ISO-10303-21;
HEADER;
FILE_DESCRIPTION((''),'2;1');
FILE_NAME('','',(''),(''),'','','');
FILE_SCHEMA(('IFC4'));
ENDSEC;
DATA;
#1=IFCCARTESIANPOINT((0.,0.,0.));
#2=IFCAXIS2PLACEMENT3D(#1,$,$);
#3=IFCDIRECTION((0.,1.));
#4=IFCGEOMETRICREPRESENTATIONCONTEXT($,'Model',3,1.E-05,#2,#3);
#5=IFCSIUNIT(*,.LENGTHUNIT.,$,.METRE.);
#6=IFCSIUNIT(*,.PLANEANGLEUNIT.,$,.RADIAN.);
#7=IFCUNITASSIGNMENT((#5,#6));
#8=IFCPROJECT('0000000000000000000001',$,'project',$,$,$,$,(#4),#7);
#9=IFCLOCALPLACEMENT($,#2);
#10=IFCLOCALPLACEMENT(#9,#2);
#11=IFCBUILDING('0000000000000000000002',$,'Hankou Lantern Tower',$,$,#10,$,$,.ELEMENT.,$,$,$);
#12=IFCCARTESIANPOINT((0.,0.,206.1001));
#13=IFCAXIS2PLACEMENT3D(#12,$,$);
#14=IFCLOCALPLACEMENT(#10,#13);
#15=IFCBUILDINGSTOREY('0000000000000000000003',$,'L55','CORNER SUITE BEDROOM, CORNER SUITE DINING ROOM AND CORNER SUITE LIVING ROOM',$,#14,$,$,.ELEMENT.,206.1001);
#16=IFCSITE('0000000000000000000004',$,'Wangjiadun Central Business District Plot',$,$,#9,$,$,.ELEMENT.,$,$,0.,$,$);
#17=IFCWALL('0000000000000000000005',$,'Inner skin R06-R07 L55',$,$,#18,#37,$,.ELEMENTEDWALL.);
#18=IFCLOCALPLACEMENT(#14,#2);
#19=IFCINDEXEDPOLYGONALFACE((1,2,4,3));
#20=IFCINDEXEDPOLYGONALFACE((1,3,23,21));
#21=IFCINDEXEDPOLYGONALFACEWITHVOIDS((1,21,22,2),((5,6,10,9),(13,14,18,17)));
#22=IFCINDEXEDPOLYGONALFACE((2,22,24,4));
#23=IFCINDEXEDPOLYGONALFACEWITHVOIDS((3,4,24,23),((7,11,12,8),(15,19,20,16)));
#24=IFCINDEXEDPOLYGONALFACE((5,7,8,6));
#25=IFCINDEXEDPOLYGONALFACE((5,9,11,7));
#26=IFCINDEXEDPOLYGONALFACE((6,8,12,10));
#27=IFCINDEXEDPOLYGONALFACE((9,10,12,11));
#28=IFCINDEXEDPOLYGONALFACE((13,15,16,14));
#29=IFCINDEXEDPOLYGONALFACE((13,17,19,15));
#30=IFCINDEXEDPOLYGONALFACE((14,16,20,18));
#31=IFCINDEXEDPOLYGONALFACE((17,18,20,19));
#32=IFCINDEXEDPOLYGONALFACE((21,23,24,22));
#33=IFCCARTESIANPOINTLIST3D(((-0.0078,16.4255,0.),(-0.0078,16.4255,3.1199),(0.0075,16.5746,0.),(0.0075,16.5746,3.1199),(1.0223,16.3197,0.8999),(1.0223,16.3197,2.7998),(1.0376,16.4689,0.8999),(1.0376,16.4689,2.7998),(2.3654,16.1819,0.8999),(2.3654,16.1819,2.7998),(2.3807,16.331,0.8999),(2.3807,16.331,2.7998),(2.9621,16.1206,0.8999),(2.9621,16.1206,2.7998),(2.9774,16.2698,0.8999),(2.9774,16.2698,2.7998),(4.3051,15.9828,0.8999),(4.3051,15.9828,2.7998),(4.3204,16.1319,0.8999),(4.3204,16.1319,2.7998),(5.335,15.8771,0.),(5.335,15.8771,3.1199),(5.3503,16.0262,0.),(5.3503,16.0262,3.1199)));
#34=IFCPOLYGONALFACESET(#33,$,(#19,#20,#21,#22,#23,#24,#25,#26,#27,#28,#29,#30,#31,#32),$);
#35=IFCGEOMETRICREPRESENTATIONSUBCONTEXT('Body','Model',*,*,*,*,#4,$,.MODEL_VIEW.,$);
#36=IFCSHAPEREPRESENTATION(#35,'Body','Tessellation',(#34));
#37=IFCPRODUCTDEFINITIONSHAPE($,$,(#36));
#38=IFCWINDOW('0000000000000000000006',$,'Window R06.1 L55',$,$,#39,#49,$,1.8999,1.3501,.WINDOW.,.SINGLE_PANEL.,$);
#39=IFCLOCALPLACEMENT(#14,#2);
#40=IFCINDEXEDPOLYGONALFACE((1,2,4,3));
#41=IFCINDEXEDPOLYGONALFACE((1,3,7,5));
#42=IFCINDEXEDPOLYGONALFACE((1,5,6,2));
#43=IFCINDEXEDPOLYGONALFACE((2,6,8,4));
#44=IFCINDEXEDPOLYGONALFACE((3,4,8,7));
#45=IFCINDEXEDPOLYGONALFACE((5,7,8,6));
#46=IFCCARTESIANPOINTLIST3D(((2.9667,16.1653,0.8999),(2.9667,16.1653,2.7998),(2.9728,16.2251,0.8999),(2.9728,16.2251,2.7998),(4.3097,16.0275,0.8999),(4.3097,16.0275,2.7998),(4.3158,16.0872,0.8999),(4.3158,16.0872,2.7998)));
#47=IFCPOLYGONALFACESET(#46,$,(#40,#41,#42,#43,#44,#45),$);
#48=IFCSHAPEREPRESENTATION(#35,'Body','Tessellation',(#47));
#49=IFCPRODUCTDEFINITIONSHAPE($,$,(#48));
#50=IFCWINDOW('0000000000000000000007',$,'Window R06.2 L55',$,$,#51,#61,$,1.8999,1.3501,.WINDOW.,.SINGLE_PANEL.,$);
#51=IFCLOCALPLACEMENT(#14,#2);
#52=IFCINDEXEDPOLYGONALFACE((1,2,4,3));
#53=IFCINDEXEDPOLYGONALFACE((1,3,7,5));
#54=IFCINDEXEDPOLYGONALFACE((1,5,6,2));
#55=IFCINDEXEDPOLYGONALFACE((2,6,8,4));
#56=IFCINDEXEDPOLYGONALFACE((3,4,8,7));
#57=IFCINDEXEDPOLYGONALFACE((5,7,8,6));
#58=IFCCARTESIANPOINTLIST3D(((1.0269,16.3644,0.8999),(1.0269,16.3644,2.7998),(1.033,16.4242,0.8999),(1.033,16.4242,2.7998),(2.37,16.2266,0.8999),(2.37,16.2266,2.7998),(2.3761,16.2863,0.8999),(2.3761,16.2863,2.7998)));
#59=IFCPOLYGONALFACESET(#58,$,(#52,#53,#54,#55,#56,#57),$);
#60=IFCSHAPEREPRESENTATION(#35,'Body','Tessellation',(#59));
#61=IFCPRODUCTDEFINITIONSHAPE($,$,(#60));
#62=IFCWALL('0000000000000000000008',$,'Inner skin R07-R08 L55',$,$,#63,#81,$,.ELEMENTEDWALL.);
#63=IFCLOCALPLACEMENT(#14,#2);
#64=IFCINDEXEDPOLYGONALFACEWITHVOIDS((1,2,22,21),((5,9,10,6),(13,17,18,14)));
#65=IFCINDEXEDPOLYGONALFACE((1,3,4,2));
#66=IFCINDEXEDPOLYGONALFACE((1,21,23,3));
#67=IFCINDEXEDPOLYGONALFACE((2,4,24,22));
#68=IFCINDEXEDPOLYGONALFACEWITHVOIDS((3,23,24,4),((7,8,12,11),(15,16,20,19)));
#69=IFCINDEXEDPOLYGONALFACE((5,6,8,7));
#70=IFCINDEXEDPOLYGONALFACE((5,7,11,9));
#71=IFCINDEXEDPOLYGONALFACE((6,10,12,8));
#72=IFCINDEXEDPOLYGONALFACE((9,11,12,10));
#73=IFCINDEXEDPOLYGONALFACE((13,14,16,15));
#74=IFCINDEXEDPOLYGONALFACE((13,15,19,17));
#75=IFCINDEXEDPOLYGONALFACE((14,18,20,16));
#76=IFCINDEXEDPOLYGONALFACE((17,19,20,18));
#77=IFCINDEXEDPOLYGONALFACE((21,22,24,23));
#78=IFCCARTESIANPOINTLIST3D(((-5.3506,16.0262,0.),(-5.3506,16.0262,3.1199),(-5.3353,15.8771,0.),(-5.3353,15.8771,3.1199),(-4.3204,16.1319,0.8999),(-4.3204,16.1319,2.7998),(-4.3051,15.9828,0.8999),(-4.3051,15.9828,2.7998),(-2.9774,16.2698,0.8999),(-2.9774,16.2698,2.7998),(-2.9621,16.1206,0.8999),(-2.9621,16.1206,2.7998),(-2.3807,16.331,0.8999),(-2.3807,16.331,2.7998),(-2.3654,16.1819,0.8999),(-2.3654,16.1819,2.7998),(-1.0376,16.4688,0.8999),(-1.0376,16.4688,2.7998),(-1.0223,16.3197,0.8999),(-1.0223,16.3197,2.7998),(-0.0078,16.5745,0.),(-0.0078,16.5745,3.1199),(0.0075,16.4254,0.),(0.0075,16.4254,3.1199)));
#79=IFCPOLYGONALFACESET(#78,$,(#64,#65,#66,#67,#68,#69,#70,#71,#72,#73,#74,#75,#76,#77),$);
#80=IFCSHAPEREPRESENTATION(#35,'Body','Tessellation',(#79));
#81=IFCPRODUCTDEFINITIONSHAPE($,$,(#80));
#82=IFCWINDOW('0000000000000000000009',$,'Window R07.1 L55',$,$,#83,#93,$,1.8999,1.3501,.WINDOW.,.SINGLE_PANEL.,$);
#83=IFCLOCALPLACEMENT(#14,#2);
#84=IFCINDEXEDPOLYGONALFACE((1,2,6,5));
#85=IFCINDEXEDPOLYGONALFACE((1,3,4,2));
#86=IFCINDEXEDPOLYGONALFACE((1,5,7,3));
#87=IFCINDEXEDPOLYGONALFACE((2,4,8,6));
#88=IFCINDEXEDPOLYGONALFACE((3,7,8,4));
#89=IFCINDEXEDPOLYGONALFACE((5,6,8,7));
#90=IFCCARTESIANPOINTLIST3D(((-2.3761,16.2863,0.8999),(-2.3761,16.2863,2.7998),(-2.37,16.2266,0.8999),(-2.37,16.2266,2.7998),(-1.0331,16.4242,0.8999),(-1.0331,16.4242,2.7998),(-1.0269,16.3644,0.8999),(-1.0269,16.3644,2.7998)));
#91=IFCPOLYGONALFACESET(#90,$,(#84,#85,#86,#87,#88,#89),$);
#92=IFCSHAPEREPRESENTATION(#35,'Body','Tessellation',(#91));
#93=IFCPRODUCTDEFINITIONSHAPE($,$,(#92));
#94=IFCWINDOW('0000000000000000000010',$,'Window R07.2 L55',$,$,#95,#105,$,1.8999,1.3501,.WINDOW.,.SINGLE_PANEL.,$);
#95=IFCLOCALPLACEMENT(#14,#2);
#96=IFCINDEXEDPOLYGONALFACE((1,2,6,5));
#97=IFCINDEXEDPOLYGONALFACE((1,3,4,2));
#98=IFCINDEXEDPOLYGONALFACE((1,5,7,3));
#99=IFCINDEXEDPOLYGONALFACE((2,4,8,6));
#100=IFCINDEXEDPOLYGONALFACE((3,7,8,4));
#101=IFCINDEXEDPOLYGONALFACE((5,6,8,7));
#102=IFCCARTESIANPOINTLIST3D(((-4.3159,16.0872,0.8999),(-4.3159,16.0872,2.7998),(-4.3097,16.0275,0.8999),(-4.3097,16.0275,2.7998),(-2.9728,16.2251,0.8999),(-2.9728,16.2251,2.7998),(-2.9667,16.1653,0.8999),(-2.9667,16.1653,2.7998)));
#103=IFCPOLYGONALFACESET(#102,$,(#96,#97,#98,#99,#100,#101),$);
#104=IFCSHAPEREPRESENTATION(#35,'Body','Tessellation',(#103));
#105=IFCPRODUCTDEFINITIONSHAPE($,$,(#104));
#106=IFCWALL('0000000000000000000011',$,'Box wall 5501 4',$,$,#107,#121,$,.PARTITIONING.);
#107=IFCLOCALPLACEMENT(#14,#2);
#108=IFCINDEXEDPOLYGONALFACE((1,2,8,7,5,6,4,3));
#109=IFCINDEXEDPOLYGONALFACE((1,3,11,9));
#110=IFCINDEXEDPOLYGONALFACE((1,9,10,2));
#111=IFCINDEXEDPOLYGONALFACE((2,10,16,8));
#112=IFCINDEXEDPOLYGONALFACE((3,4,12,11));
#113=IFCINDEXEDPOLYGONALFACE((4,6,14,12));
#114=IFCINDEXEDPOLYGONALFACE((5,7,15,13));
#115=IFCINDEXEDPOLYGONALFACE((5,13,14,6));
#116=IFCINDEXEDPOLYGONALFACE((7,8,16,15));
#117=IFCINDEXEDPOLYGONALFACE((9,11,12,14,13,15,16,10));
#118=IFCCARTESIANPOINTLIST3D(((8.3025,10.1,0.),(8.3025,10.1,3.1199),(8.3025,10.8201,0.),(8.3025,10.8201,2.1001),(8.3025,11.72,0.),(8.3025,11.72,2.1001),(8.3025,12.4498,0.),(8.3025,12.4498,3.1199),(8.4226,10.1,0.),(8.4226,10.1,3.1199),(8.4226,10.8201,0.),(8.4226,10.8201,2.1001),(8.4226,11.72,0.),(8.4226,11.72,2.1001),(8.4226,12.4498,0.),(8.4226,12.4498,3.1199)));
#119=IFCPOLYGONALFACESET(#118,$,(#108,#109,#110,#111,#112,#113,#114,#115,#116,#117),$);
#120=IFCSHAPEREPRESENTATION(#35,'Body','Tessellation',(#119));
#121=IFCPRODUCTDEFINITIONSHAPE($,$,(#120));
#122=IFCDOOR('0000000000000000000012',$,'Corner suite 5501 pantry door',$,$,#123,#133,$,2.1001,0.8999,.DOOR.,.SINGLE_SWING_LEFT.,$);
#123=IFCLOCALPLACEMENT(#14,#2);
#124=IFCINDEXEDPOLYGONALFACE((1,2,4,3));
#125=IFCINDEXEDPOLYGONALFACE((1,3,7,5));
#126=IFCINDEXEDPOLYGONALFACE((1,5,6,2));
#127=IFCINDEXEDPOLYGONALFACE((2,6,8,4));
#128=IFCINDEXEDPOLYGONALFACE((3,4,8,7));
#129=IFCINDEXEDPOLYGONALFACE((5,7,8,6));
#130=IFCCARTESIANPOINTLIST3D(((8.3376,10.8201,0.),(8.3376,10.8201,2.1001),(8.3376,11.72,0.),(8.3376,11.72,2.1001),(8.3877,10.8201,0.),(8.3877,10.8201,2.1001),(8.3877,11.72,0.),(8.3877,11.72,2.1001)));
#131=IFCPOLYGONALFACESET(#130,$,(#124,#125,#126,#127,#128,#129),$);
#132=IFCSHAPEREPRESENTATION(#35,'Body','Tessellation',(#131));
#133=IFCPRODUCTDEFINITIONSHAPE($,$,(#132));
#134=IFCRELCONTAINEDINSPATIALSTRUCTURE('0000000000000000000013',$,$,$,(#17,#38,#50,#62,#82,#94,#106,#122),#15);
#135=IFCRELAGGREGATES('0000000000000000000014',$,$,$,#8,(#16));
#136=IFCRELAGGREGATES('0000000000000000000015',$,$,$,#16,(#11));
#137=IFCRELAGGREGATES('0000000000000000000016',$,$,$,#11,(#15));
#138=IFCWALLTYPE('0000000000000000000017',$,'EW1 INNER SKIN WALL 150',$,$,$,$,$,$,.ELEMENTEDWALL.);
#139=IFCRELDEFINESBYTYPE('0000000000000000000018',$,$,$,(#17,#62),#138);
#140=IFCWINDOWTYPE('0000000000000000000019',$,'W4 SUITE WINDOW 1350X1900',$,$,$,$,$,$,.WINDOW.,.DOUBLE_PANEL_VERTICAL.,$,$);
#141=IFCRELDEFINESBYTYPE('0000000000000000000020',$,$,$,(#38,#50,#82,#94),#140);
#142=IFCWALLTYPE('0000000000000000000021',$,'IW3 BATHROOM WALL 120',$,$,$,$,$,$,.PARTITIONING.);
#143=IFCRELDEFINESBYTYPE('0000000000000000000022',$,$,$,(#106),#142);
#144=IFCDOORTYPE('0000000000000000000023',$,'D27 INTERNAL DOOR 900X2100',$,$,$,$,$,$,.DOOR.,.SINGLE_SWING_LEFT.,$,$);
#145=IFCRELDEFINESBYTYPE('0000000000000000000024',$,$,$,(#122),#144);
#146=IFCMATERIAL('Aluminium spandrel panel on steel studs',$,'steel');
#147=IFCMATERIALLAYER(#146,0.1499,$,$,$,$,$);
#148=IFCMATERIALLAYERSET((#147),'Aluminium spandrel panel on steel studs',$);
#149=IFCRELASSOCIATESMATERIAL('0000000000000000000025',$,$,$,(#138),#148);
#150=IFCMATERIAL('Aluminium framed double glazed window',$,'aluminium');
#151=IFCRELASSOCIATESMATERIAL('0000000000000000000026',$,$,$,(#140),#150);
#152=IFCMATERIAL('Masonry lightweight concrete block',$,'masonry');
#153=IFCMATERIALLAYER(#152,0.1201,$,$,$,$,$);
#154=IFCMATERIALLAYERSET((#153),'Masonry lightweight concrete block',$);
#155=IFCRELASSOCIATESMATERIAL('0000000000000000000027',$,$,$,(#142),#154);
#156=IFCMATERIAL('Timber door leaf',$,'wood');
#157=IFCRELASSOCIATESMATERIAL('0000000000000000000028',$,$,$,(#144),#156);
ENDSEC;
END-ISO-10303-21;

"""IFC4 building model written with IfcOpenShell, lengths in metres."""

from ifc_helpers import new_model, si_unit, direction, frame, frame_2d, origin, place, context, subcontext, project, spatial, rectangle, extrude, material, layer, layer_set, type_object, element, fill, save


model = new_model("IFC4")

# Units and contexts
model_context = context("Model", 3, precision=1e-05, world=origin(), true_north=direction((0.0, 1.0)))
body_context = subcontext(model_context, "Body", "Model", "MODEL_VIEW")
ifc_project = project(units=[si_unit("LENGTHUNIT", "METRE"), si_unit("PLANEANGLEUNIT", "RADIAN")], contexts=[model_context])

# Site, building, storey
site_placement = place(None, origin())
site = spatial("IfcSite", under=ifc_project, at=site_placement, Name="Wangjiadun Central Business District Plot", CompositionType="ELEMENT", RefElevation=0.0)
building_placement = place(site_placement, origin())
building = spatial("IfcBuilding", under=site, at=building_placement, Name="Hankou Lantern Tower", CompositionType="ELEMENT")
storey_placement = place(building_placement, frame((0.0, 0.0, 206.1001)))
storey = spatial("IfcBuildingStorey", under=building, at=storey_placement, Name="L55", Description="CORNER SUITE BEDROOM, CORNER SUITE DINING ROOM AND CORNER SUITE LIVING ROOM", CompositionType="ELEMENT", Elevation=206.1001)

# Walls, openings, windows
ifc_material_1 = material(Name="Aluminium spandrel panel on steel studs", Category="steel")
ifc_layer_1 = layer(ifc_material_1, 0.1499)
ifc_layer_set_1 = layer_set([ifc_layer_1], Name="Aluminium spandrel panel on steel studs")
wall_type_1 = type_object("IfcWallType", Name="EW1 INNER SKIN WALL 150", PredefinedType="ELEMENTEDWALL", material=ifc_layer_set_1)
wall_1_placement = place(storey_placement, frame((5.3428, 15.9517, 0.0), z_axis=(0.0, 0.0, 1.0), x_axis=(-0.994775, 0.102096, 0.0)))
wall_1 = element("IfcWall", 1, at=wall_1_placement, inside=storey, type_object=wall_type_1, Name="Inner skin R06-R07 L55", PredefinedType="ELEMENTEDWALL", context=body_context, shape_type="SweptSolid", body=[
    extrude(rectangle(XDim=5.3708, YDim=0.1499, at=frame_2d((2.6855, 0.0))), origin(), (0.0, 0.0, 1.0), 3.1199),
])
opening_1_placement = place(wall_1_placement, frame((1.0354, 0.0, 0.8999)))
opening_1 = element("IfcOpeningElement", 2, at=opening_1_placement, cuts=wall_1, PredefinedType="OPENING", context=body_context, shape_type="SweptSolid", body=[
    extrude(rectangle(XDim=1.3501, YDim=1.8999, at=frame_2d((0.675, 0.95))), frame((0.0, 0.085, 0.0), z_axis=(0.0, -1.0, 0.0), x_axis=(1.0, 0.0, 0.0)), (0.0, 0.0, 1.0), 0.1699),
])
opening_2_placement = place(wall_1_placement, frame((2.9854, 0.0, 0.8999)))
opening_2 = element("IfcOpeningElement", 3, at=opening_2_placement, cuts=wall_1, PredefinedType="OPENING", context=body_context, shape_type="SweptSolid", body=[
    extrude(rectangle(XDim=1.3501, YDim=1.8999, at=frame_2d((0.675, 0.95))), frame((0.0, 0.085, 0.0), z_axis=(0.0, -1.0, 0.0), x_axis=(1.0, 0.0, 0.0)), (0.0, 0.0, 1.0), 0.1699),
])
ifc_material_2 = material(Name="Aluminium framed double glazed window", Category="aluminium")
window_type = type_object("IfcWindowType", Name="W4 SUITE WINDOW 1350X1900", PartitioningType="DOUBLE_PANEL_VERTICAL", PredefinedType="WINDOW", material=ifc_material_2)
window_1_placement = place(opening_1_placement, origin())
window_1 = element("IfcWindow", 4, at=window_1_placement, inside=storey, type_object=window_type, Name="Window R06.1 L55", OverallHeight=1.8999, OverallWidth=1.3501, PartitioningType="SINGLE_PANEL", PredefinedType="WINDOW", context=body_context, shape_type="SweptSolid", body=[
    extrude(rectangle(XDim=1.3501, YDim=1.8999, at=frame_2d((0.675, 0.95))), frame((0.0, 0.03, 0.0), z_axis=(0.0, -1.0, 0.0), x_axis=(1.0, 0.0, 0.0)), (0.0, 0.0, 1.0), 0.0601),
])
fill(opening_1, window_1)
window_2_placement = place(opening_2_placement, origin())
window_2 = element("IfcWindow", 5, at=window_2_placement, inside=storey, type_object=window_type, Name="Window R06.2 L55", OverallHeight=1.8999, OverallWidth=1.3501, PartitioningType="SINGLE_PANEL", PredefinedType="WINDOW", context=body_context, shape_type="SweptSolid", body=[
    extrude(rectangle(XDim=1.3501, YDim=1.8999, at=frame_2d((0.675, 0.95))), frame((0.0, 0.03, 0.0), z_axis=(0.0, -1.0, 0.0), x_axis=(1.0, 0.0, 0.0)), (0.0, 0.0, 1.0), 0.0601),
])
fill(opening_2, window_2)
wall_2_placement = place(storey_placement, frame((0.0, 16.5, 0.0), z_axis=(0.0, 0.0, 1.0), x_axis=(-0.994775, -0.102096, 0.0)))
wall_2 = element("IfcWall", 6, at=wall_2_placement, inside=storey, type_object=wall_type_1, Name="Inner skin R07-R08 L55", PredefinedType="ELEMENTEDWALL", context=body_context, shape_type="SweptSolid", body=[
    extrude(rectangle(XDim=5.3708, YDim=0.1499, at=frame_2d((2.6855, 0.0))), origin(), (0.0, 0.0, 1.0), 3.1199),
])
opening_3_placement = place(wall_2_placement, frame((1.0354, 0.0, 0.8999)))
opening_3 = element("IfcOpeningElement", 7, at=opening_3_placement, cuts=wall_2, PredefinedType="OPENING", context=body_context, shape_type="SweptSolid", body=[
    extrude(rectangle(XDim=1.3501, YDim=1.8999, at=frame_2d((0.675, 0.95))), frame((0.0, 0.085, 0.0), z_axis=(0.0, -1.0, 0.0), x_axis=(1.0, 0.0, 0.0)), (0.0, 0.0, 1.0), 0.1699),
])
opening_4_placement = place(wall_2_placement, frame((2.9854, 0.0, 0.8999)))
opening_4 = element("IfcOpeningElement", 8, at=opening_4_placement, cuts=wall_2, PredefinedType="OPENING", context=body_context, shape_type="SweptSolid", body=[
    extrude(rectangle(XDim=1.3501, YDim=1.8999, at=frame_2d((0.675, 0.95))), frame((0.0, 0.085, 0.0), z_axis=(0.0, -1.0, 0.0), x_axis=(1.0, 0.0, 0.0)), (0.0, 0.0, 1.0), 0.1699),
])
window_3_placement = place(opening_3_placement, origin())
window_3 = element("IfcWindow", 9, at=window_3_placement, inside=storey, type_object=window_type, Name="Window R07.1 L55", OverallHeight=1.8999, OverallWidth=1.3501, PartitioningType="SINGLE_PANEL", PredefinedType="WINDOW", context=body_context, shape_type="SweptSolid", body=[
    extrude(rectangle(XDim=1.3501, YDim=1.8999, at=frame_2d((0.675, 0.95))), frame((0.0, 0.03, 0.0), z_axis=(0.0, -1.0, 0.0), x_axis=(1.0, 0.0, 0.0)), (0.0, 0.0, 1.0), 0.0601),
])
fill(opening_3, window_3)
window_4_placement = place(opening_4_placement, origin())
window_4 = element("IfcWindow", 10, at=window_4_placement, inside=storey, type_object=window_type, Name="Window R07.2 L55", OverallHeight=1.8999, OverallWidth=1.3501, PartitioningType="SINGLE_PANEL", PredefinedType="WINDOW", context=body_context, shape_type="SweptSolid", body=[
    extrude(rectangle(XDim=1.3501, YDim=1.8999, at=frame_2d((0.675, 0.95))), frame((0.0, 0.03, 0.0), z_axis=(0.0, -1.0, 0.0), x_axis=(1.0, 0.0, 0.0)), (0.0, 0.0, 1.0), 0.0601),
])
fill(opening_4, window_4)

# Wall, opening, door
ifc_material_3 = material(Name="Masonry lightweight concrete block", Category="masonry")
ifc_layer_2 = layer(ifc_material_3, 0.1201)
ifc_layer_set_2 = layer_set([ifc_layer_2], Name="Masonry lightweight concrete block")
wall_type_2 = type_object("IfcWallType", Name="IW3 BATHROOM WALL 120", PredefinedType="PARTITIONING", material=ifc_layer_set_2)
wall_3_placement = place(storey_placement, frame((8.3625, 10.1001, 0.0), z_axis=(0.0, 0.0, 1.0), x_axis=(0.0, 1.0, 0.0)))
wall_3 = element("IfcWall", 11, at=wall_3_placement, inside=storey, type_object=wall_type_2, Name="Box wall 5501 4", PredefinedType="PARTITIONING", context=body_context, shape_type="SweptSolid", body=[
    extrude(rectangle(XDim=2.3499, YDim=0.1201, at=frame_2d((1.1748, 0.0))), origin(), (0.0, 0.0, 1.0), 3.1199),
])
opening_5_placement = place(wall_3_placement, frame((0.72, 0.0, 0.0)))
opening_5 = element("IfcOpeningElement", 12, at=opening_5_placement, cuts=wall_3, PredefinedType="OPENING", context=body_context, shape_type="SweptSolid", body=[
    extrude(rectangle(XDim=0.8999, YDim=2.1001, at=frame_2d((0.45, 1.05))), frame((0.0, 0.0701, 0.0), z_axis=(0.0, -1.0, 0.0), x_axis=(1.0, 0.0, 0.0)), (0.0, 0.0, 1.0), 0.1401),
])
ifc_material_4 = material(Name="Timber door leaf", Category="wood")
door_type_1 = type_object("IfcDoorType", Name="D27 INTERNAL DOOR 900X2100", OperationType="SINGLE_SWING_LEFT", PredefinedType="DOOR", material=ifc_material_4)
door_1_placement = place(opening_5_placement, origin())
door_1 = element("IfcDoor", 13, at=door_1_placement, inside=storey, type_object=door_type_1, Name="Corner suite 5501 pantry door", OperationType="SINGLE_SWING_LEFT", OverallHeight=2.1001, OverallWidth=0.8999, PredefinedType="DOOR", context=body_context, shape_type="SweptSolid", body=[
    extrude(rectangle(XDim=0.8999, YDim=2.1001, at=frame_2d((0.45, 1.05))), frame((0.0, 0.0249, 0.0), z_axis=(0.0, -1.0, 0.0), x_axis=(1.0, 0.0, 0.0)), (0.0, 0.0, 1.0), 0.05),
])
fill(opening_5, door_1)

save(model, "model.ifc")
